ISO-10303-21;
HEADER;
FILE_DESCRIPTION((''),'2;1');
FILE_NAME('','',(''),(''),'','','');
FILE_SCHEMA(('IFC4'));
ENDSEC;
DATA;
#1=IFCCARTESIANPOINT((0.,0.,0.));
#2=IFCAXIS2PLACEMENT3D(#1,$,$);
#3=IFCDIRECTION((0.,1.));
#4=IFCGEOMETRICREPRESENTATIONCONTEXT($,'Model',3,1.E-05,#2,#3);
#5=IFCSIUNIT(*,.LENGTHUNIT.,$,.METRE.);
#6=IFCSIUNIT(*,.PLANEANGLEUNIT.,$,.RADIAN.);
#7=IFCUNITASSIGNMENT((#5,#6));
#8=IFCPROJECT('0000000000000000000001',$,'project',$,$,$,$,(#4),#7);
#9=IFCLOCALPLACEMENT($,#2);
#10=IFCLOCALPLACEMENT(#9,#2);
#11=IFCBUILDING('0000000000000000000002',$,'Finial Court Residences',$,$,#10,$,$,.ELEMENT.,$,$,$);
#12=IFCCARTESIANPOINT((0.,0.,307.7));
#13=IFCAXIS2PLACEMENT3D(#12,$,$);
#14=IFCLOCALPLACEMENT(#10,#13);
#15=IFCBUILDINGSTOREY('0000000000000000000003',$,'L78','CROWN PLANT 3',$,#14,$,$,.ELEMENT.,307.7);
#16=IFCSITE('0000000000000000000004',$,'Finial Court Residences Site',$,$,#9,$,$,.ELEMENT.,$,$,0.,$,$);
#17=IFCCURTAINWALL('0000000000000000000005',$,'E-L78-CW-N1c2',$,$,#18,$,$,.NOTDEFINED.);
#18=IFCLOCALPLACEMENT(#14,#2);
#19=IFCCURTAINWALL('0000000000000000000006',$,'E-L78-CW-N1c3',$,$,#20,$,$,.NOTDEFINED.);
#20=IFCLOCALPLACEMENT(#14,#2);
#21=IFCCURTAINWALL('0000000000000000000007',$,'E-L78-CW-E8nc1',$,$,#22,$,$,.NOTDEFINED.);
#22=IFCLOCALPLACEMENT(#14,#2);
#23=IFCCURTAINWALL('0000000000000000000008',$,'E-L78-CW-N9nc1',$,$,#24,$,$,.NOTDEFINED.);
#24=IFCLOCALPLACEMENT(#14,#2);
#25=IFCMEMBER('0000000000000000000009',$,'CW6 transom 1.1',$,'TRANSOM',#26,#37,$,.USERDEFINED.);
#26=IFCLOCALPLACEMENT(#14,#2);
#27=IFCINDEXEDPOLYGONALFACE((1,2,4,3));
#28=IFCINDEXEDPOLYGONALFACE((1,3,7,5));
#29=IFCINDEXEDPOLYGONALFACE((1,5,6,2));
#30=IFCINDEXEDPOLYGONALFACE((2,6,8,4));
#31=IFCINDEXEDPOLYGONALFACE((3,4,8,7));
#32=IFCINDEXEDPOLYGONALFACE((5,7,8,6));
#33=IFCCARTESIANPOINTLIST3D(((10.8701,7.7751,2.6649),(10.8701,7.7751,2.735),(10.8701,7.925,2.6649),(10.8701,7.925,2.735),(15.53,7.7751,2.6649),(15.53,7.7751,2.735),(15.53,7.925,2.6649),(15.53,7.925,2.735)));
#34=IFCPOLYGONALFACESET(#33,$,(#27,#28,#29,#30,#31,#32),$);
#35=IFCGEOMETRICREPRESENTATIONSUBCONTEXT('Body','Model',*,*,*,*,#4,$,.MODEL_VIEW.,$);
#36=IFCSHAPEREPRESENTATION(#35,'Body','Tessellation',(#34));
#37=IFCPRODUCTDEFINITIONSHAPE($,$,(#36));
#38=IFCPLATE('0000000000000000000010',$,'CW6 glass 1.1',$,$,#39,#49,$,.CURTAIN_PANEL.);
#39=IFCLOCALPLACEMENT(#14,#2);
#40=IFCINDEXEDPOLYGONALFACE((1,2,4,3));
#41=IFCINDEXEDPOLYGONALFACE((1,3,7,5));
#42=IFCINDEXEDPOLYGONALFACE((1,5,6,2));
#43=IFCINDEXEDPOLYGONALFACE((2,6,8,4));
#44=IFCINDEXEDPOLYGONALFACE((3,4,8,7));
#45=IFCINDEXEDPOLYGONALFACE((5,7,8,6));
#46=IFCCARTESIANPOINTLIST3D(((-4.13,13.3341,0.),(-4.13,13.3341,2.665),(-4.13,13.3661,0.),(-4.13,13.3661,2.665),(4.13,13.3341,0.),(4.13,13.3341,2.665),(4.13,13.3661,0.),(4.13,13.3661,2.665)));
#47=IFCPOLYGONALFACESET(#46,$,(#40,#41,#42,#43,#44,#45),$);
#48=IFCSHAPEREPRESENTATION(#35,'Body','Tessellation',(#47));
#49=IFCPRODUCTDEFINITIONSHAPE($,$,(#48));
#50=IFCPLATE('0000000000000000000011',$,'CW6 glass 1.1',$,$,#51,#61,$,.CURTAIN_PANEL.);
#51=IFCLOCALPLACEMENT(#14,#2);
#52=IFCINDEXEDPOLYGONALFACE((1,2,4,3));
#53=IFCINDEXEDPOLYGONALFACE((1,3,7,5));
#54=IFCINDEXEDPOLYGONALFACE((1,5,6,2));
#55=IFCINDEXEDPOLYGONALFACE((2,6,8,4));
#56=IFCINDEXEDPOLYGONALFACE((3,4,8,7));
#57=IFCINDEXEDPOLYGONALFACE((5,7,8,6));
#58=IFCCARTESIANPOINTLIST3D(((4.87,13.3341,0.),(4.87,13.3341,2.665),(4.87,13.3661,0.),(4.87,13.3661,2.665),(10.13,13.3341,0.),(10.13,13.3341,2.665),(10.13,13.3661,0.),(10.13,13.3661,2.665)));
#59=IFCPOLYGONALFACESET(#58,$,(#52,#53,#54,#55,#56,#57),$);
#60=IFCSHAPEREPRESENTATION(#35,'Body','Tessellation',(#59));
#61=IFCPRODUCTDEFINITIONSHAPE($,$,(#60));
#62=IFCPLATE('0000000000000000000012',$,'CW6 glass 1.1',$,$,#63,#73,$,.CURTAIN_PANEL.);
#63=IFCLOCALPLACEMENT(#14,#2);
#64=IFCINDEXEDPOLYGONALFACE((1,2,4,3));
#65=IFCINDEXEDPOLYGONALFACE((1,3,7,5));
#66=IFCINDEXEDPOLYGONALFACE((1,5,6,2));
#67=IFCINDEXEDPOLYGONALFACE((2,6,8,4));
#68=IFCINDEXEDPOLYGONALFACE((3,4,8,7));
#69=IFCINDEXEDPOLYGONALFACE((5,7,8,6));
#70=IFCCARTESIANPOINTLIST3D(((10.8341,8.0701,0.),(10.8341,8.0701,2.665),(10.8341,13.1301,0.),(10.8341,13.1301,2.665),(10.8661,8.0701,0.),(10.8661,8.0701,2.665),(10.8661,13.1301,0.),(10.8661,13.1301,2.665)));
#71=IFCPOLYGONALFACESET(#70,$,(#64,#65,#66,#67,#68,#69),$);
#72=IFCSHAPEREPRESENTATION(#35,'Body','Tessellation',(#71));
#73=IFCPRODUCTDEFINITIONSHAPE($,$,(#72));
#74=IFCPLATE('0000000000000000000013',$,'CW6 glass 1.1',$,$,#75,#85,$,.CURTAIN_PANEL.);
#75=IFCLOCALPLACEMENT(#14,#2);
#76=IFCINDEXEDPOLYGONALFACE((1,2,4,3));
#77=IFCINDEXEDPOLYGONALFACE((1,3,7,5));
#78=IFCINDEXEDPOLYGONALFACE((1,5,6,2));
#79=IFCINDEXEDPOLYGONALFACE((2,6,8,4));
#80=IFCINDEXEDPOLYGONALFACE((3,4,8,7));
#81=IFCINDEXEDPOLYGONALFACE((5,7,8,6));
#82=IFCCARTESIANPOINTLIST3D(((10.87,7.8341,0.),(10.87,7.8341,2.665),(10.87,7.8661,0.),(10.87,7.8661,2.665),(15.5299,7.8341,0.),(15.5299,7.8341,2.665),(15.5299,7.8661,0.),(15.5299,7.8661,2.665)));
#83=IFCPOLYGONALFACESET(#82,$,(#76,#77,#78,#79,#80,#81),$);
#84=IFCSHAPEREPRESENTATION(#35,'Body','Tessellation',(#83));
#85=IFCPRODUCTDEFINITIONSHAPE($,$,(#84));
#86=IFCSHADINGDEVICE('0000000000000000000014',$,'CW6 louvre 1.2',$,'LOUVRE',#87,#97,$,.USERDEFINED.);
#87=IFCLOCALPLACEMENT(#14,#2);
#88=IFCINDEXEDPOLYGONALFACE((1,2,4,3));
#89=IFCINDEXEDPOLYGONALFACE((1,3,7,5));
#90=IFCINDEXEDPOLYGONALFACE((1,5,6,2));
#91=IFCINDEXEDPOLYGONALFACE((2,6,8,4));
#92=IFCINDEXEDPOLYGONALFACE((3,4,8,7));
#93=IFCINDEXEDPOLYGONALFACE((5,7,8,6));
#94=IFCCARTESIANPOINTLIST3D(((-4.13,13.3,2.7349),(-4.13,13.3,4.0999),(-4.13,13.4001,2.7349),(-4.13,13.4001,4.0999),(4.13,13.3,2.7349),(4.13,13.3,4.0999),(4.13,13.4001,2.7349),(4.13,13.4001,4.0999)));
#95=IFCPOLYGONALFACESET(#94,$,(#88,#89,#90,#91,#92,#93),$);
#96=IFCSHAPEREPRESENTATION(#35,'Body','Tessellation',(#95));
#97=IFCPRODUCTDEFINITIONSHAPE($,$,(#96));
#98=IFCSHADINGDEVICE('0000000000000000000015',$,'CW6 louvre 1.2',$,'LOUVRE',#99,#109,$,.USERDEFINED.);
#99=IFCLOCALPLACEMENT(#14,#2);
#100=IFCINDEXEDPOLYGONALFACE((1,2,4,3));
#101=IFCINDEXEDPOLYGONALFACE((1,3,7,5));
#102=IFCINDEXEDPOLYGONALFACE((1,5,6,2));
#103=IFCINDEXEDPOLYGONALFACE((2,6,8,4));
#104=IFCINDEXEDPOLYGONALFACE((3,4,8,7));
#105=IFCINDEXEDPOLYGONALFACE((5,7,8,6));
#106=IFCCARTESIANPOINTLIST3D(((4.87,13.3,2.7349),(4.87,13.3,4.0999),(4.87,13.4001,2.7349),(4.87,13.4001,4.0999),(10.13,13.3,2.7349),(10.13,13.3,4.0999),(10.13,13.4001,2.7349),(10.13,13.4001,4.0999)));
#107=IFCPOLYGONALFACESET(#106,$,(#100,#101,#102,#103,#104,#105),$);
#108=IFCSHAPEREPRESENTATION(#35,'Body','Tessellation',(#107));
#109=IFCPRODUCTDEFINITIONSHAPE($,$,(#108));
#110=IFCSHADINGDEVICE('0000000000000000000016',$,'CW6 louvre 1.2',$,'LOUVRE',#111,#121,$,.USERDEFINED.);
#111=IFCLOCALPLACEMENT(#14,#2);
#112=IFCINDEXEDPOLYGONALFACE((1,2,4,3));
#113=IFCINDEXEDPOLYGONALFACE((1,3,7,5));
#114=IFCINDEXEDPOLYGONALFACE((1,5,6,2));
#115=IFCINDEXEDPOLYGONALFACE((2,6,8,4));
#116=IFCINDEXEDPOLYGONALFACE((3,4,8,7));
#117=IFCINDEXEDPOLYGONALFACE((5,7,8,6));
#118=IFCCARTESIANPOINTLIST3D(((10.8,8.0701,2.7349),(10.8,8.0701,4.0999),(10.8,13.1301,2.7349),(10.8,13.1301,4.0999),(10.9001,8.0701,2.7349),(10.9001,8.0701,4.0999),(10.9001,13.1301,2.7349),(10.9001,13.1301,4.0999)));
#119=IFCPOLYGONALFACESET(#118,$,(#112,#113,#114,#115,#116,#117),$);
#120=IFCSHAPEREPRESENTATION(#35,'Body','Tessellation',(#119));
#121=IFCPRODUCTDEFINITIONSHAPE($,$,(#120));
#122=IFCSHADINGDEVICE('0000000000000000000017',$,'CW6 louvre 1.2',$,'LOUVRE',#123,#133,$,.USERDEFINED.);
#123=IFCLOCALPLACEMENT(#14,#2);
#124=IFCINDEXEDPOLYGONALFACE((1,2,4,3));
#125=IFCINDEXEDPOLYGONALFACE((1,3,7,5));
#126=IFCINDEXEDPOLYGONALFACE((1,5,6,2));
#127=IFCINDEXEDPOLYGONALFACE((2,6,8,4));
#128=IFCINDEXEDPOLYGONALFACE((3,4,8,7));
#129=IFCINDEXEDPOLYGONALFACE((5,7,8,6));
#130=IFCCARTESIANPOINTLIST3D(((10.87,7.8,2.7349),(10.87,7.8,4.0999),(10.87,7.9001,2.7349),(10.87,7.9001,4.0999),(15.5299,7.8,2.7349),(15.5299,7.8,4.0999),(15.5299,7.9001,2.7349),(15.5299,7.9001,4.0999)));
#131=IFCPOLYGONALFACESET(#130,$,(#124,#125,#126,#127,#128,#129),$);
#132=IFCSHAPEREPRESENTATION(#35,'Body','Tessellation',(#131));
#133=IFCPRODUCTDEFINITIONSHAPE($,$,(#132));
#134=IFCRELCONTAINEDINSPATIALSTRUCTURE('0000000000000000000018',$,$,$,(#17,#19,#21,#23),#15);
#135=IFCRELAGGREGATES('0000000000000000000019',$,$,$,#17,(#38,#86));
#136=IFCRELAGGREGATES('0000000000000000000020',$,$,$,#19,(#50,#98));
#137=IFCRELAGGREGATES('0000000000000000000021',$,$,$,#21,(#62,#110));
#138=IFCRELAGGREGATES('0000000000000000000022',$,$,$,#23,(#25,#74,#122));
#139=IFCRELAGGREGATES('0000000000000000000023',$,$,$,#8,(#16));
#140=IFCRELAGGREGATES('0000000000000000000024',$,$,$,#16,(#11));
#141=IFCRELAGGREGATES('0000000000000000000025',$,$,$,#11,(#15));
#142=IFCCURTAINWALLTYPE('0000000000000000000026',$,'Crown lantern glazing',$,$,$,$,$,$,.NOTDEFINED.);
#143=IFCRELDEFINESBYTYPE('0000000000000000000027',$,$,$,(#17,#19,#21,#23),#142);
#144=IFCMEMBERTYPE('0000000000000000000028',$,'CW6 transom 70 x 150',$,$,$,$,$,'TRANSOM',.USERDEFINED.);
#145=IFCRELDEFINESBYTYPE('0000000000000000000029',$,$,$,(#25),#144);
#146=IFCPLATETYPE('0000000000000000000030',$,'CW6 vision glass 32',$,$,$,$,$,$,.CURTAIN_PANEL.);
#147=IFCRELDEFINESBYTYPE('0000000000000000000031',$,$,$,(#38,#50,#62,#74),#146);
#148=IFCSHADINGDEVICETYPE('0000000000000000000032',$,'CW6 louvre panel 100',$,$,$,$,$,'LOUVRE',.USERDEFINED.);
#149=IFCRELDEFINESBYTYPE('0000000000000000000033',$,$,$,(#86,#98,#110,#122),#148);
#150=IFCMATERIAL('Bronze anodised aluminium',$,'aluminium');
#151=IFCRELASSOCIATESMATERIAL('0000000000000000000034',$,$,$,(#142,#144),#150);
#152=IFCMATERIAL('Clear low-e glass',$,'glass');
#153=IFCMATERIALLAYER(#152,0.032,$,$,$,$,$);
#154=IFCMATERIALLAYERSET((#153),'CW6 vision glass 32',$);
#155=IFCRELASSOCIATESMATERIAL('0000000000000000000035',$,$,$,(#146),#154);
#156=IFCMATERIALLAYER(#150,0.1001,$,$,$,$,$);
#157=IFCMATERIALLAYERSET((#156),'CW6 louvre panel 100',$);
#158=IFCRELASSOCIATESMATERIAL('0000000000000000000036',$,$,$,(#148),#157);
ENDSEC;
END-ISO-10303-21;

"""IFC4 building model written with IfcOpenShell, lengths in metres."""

from ifc_helpers import new_model, si_unit, direction, frame, origin, origin_2d, place, context, subcontext, project, spatial, rectangle, extrude, material, layer, layer_set, material_profile, profile_set, type_object, element, aggregate, save


model = new_model("IFC4")

# Units and contexts
model_context = context("Model", 3, precision=1e-05, world=origin(), true_north=direction((0.0, 1.0)))
body_context = subcontext(model_context, "Body", "Model", "MODEL_VIEW")
ifc_project = project(units=[si_unit("LENGTHUNIT", "METRE"), si_unit("PLANEANGLEUNIT", "RADIAN")], contexts=[model_context])

# Site, building, storey
site_placement = place(None, origin())
site = spatial("IfcSite", under=ifc_project, at=site_placement, Name="Finial Court Residences Site", CompositionType="ELEMENT", RefElevation=0.0)
building_placement = place(site_placement, origin())
building = spatial("IfcBuilding", under=site, at=building_placement, Name="Finial Court Residences", CompositionType="ELEMENT")
storey_placement = place(building_placement, frame((0.0, 0.0, 307.7)))
storey = spatial("IfcBuildingStorey", under=building, at=storey_placement, Name="L78", Description="CROWN PLANT 3", CompositionType="ELEMENT", Elevation=307.7)

# Curtain wall
ifc_material_1 = material(Name="Bronze anodised aluminium", Category="aluminium")
curtain_wall_type = type_object("IfcCurtainWallType", Name="Crown lantern glazing", PredefinedType="NOTDEFINED", material=ifc_material_1)
curtain_wall_1_placement = place(storey_placement, origin())
curtain_wall_1 = element("IfcCurtainWall", 1, at=curtain_wall_1_placement, inside=storey, type_object=curtain_wall_type, Name="E-L78-CW-N1c2", PredefinedType="NOTDEFINED")

# Curtain walls
curtain_wall_2_placement = place(storey_placement, origin())
curtain_wall_2 = element("IfcCurtainWall", 2, at=curtain_wall_2_placement, inside=storey, type_object=curtain_wall_type, Name="E-L78-CW-N1c3", PredefinedType="NOTDEFINED")
curtain_wall_3_placement = place(storey_placement, origin())
curtain_wall_3 = element("IfcCurtainWall", 3, at=curtain_wall_3_placement, inside=storey, type_object=curtain_wall_type, Name="E-L78-CW-E8nc1", PredefinedType="NOTDEFINED")
curtain_wall_4_placement = place(storey_placement, origin())
curtain_wall_4 = element("IfcCurtainWall", 4, at=curtain_wall_4_placement, inside=storey, type_object=curtain_wall_type, Name="E-L78-CW-N9nc1", PredefinedType="NOTDEFINED")

# Member
ifc_material_profile_1 = material_profile(ifc_material_1, rectangle(XDim=0.1499, YDim=0.0701, at=origin_2d()), Name="CW6 transom 70 x 150")
ifc_profile_set_1 = profile_set([ifc_material_profile_1], Name="Bronze anodised aluminium")
member_type_1 = type_object("IfcMemberType", Name="CW6 transom 70 x 150", ElementType="TRANSOM", PredefinedType="USERDEFINED", material=ifc_profile_set_1)
member_1_placement = place(storey_placement, frame((10.8701, 7.8501, 2.7), z_axis=(1.0, 0.0, 0.0), x_axis=(0.0, 1.0, 0.0)))
member_1 = element("IfcMember", 5, at=member_1_placement, type_object=member_type_1, Name="CW6 transom 1.1", ObjectType="TRANSOM", PredefinedType="USERDEFINED", context=body_context, shape_type="SweptSolid", body=[
    extrude(rectangle(XDim=0.1499, YDim=0.0701, at=origin_2d()), origin(), (0.0, 0.0, 1.0), 4.6599),
])

# Plates
ifc_material_2 = material(Name="Clear low-e glass", Category="glass")
ifc_layer_1 = layer(ifc_material_2, 0.032)
ifc_layer_set_1 = layer_set([ifc_layer_1], Name="CW6 vision glass 32")
plate_type = type_object("IfcPlateType", Name="CW6 vision glass 32", PredefinedType="CURTAIN_PANEL", material=ifc_layer_set_1)
plate_1_placement = place(storey_placement, frame((0.0, 13.3501, 0.0), z_axis=(0.0, 0.0, 1.0), x_axis=(1.0, 0.0, 0.0)))
plate_1 = element("IfcPlate", 6, at=plate_1_placement, type_object=plate_type, Name="CW6 glass 1.1", PredefinedType="CURTAIN_PANEL", context=body_context, shape_type="SweptSolid", body=[
    extrude(rectangle(XDim=8.26, YDim=0.032, at=origin_2d()), origin(), (0.0, 0.0, 1.0), 2.665),
])
plate_2_placement = place(storey_placement, frame((7.5, 13.3501, 0.0), z_axis=(0.0, 0.0, 1.0), x_axis=(1.0, 0.0, 0.0)))
plate_2 = element("IfcPlate", 7, at=plate_2_placement, type_object=plate_type, Name="CW6 glass 1.1", PredefinedType="CURTAIN_PANEL", context=body_context, shape_type="SweptSolid", body=[
    extrude(rectangle(XDim=5.26, YDim=0.032, at=origin_2d()), origin(), (0.0, 0.0, 1.0), 2.665),
])
plate_3_placement = place(storey_placement, frame((10.8501, 10.6001, 0.0), z_axis=(0.0, 0.0, 1.0), x_axis=(0.0, 1.0, 0.0)))
plate_3 = element("IfcPlate", 8, at=plate_3_placement, type_object=plate_type, Name="CW6 glass 1.1", PredefinedType="CURTAIN_PANEL", context=body_context, shape_type="SweptSolid", body=[
    extrude(rectangle(XDim=5.0601, YDim=0.032, at=origin_2d()), origin(), (0.0, 0.0, 1.0), 2.665),
])
plate_4_placement = place(storey_placement, frame((13.2, 7.8501, 0.0), z_axis=(0.0, 0.0, 1.0), x_axis=(1.0, 0.0, 0.0)))
plate_4 = element("IfcPlate", 9, at=plate_4_placement, type_object=plate_type, Name="CW6 glass 1.1", PredefinedType="CURTAIN_PANEL", context=body_context, shape_type="SweptSolid", body=[
    extrude(rectangle(XDim=4.6599, YDim=0.032, at=origin_2d()), origin(), (0.0, 0.0, 1.0), 2.665),
])

# Shading devices
ifc_layer_2 = layer(ifc_material_1, 0.1001)
ifc_layer_set_2 = layer_set([ifc_layer_2], Name="CW6 louvre panel 100")
shading_device_type = type_object("IfcShadingDeviceType", Name="CW6 louvre panel 100", ElementType="LOUVRE", PredefinedType="USERDEFINED", material=ifc_layer_set_2)
shading_device_1_placement = place(storey_placement, frame((0.0, 13.3501, 2.7349), z_axis=(0.0, 0.0, 1.0), x_axis=(1.0, 0.0, 0.0)))
shading_device_1 = element("IfcShadingDevice", 10, at=shading_device_1_placement, type_object=shading_device_type, Name="CW6 louvre 1.2", ObjectType="LOUVRE", PredefinedType="USERDEFINED", context=body_context, shape_type="SweptSolid", body=[
    extrude(rectangle(XDim=8.26, YDim=0.1001, at=origin_2d()), origin(), (0.0, 0.0, 1.0), 1.365),
])
aggregate(curtain_wall_1, [plate_1, shading_device_1])
shading_device_2_placement = place(storey_placement, frame((7.5, 13.3501, 2.7349), z_axis=(0.0, 0.0, 1.0), x_axis=(1.0, 0.0, 0.0)))
shading_device_2 = element("IfcShadingDevice", 11, at=shading_device_2_placement, type_object=shading_device_type, Name="CW6 louvre 1.2", ObjectType="LOUVRE", PredefinedType="USERDEFINED", context=body_context, shape_type="SweptSolid", body=[
    extrude(rectangle(XDim=5.26, YDim=0.1001, at=origin_2d()), origin(), (0.0, 0.0, 1.0), 1.365),
])
aggregate(curtain_wall_2, [plate_2, shading_device_2])
shading_device_3_placement = place(storey_placement, frame((10.8501, 10.6001, 2.7349), z_axis=(0.0, 0.0, 1.0), x_axis=(0.0, 1.0, 0.0)))
shading_device_3 = element("IfcShadingDevice", 12, at=shading_device_3_placement, type_object=shading_device_type, Name="CW6 louvre 1.2", ObjectType="LOUVRE", PredefinedType="USERDEFINED", context=body_context, shape_type="SweptSolid", body=[
    extrude(rectangle(XDim=5.0601, YDim=0.1001, at=origin_2d()), origin(), (0.0, 0.0, 1.0), 1.365),
])
aggregate(curtain_wall_3, [plate_3, shading_device_3])
shading_device_4_placement = place(storey_placement, frame((13.2, 7.8501, 2.7349), z_axis=(0.0, 0.0, 1.0), x_axis=(1.0, 0.0, 0.0)))
shading_device_4 = element("IfcShadingDevice", 13, at=shading_device_4_placement, type_object=shading_device_type, Name="CW6 louvre 1.2", ObjectType="LOUVRE", PredefinedType="USERDEFINED", context=body_context, shape_type="SweptSolid", body=[
    extrude(rectangle(XDim=4.6599, YDim=0.1001, at=origin_2d()), origin(), (0.0, 0.0, 1.0), 1.365),
])
aggregate(curtain_wall_4, [member_1, plate_4, shading_device_4])

save(model, "model.ifc")
